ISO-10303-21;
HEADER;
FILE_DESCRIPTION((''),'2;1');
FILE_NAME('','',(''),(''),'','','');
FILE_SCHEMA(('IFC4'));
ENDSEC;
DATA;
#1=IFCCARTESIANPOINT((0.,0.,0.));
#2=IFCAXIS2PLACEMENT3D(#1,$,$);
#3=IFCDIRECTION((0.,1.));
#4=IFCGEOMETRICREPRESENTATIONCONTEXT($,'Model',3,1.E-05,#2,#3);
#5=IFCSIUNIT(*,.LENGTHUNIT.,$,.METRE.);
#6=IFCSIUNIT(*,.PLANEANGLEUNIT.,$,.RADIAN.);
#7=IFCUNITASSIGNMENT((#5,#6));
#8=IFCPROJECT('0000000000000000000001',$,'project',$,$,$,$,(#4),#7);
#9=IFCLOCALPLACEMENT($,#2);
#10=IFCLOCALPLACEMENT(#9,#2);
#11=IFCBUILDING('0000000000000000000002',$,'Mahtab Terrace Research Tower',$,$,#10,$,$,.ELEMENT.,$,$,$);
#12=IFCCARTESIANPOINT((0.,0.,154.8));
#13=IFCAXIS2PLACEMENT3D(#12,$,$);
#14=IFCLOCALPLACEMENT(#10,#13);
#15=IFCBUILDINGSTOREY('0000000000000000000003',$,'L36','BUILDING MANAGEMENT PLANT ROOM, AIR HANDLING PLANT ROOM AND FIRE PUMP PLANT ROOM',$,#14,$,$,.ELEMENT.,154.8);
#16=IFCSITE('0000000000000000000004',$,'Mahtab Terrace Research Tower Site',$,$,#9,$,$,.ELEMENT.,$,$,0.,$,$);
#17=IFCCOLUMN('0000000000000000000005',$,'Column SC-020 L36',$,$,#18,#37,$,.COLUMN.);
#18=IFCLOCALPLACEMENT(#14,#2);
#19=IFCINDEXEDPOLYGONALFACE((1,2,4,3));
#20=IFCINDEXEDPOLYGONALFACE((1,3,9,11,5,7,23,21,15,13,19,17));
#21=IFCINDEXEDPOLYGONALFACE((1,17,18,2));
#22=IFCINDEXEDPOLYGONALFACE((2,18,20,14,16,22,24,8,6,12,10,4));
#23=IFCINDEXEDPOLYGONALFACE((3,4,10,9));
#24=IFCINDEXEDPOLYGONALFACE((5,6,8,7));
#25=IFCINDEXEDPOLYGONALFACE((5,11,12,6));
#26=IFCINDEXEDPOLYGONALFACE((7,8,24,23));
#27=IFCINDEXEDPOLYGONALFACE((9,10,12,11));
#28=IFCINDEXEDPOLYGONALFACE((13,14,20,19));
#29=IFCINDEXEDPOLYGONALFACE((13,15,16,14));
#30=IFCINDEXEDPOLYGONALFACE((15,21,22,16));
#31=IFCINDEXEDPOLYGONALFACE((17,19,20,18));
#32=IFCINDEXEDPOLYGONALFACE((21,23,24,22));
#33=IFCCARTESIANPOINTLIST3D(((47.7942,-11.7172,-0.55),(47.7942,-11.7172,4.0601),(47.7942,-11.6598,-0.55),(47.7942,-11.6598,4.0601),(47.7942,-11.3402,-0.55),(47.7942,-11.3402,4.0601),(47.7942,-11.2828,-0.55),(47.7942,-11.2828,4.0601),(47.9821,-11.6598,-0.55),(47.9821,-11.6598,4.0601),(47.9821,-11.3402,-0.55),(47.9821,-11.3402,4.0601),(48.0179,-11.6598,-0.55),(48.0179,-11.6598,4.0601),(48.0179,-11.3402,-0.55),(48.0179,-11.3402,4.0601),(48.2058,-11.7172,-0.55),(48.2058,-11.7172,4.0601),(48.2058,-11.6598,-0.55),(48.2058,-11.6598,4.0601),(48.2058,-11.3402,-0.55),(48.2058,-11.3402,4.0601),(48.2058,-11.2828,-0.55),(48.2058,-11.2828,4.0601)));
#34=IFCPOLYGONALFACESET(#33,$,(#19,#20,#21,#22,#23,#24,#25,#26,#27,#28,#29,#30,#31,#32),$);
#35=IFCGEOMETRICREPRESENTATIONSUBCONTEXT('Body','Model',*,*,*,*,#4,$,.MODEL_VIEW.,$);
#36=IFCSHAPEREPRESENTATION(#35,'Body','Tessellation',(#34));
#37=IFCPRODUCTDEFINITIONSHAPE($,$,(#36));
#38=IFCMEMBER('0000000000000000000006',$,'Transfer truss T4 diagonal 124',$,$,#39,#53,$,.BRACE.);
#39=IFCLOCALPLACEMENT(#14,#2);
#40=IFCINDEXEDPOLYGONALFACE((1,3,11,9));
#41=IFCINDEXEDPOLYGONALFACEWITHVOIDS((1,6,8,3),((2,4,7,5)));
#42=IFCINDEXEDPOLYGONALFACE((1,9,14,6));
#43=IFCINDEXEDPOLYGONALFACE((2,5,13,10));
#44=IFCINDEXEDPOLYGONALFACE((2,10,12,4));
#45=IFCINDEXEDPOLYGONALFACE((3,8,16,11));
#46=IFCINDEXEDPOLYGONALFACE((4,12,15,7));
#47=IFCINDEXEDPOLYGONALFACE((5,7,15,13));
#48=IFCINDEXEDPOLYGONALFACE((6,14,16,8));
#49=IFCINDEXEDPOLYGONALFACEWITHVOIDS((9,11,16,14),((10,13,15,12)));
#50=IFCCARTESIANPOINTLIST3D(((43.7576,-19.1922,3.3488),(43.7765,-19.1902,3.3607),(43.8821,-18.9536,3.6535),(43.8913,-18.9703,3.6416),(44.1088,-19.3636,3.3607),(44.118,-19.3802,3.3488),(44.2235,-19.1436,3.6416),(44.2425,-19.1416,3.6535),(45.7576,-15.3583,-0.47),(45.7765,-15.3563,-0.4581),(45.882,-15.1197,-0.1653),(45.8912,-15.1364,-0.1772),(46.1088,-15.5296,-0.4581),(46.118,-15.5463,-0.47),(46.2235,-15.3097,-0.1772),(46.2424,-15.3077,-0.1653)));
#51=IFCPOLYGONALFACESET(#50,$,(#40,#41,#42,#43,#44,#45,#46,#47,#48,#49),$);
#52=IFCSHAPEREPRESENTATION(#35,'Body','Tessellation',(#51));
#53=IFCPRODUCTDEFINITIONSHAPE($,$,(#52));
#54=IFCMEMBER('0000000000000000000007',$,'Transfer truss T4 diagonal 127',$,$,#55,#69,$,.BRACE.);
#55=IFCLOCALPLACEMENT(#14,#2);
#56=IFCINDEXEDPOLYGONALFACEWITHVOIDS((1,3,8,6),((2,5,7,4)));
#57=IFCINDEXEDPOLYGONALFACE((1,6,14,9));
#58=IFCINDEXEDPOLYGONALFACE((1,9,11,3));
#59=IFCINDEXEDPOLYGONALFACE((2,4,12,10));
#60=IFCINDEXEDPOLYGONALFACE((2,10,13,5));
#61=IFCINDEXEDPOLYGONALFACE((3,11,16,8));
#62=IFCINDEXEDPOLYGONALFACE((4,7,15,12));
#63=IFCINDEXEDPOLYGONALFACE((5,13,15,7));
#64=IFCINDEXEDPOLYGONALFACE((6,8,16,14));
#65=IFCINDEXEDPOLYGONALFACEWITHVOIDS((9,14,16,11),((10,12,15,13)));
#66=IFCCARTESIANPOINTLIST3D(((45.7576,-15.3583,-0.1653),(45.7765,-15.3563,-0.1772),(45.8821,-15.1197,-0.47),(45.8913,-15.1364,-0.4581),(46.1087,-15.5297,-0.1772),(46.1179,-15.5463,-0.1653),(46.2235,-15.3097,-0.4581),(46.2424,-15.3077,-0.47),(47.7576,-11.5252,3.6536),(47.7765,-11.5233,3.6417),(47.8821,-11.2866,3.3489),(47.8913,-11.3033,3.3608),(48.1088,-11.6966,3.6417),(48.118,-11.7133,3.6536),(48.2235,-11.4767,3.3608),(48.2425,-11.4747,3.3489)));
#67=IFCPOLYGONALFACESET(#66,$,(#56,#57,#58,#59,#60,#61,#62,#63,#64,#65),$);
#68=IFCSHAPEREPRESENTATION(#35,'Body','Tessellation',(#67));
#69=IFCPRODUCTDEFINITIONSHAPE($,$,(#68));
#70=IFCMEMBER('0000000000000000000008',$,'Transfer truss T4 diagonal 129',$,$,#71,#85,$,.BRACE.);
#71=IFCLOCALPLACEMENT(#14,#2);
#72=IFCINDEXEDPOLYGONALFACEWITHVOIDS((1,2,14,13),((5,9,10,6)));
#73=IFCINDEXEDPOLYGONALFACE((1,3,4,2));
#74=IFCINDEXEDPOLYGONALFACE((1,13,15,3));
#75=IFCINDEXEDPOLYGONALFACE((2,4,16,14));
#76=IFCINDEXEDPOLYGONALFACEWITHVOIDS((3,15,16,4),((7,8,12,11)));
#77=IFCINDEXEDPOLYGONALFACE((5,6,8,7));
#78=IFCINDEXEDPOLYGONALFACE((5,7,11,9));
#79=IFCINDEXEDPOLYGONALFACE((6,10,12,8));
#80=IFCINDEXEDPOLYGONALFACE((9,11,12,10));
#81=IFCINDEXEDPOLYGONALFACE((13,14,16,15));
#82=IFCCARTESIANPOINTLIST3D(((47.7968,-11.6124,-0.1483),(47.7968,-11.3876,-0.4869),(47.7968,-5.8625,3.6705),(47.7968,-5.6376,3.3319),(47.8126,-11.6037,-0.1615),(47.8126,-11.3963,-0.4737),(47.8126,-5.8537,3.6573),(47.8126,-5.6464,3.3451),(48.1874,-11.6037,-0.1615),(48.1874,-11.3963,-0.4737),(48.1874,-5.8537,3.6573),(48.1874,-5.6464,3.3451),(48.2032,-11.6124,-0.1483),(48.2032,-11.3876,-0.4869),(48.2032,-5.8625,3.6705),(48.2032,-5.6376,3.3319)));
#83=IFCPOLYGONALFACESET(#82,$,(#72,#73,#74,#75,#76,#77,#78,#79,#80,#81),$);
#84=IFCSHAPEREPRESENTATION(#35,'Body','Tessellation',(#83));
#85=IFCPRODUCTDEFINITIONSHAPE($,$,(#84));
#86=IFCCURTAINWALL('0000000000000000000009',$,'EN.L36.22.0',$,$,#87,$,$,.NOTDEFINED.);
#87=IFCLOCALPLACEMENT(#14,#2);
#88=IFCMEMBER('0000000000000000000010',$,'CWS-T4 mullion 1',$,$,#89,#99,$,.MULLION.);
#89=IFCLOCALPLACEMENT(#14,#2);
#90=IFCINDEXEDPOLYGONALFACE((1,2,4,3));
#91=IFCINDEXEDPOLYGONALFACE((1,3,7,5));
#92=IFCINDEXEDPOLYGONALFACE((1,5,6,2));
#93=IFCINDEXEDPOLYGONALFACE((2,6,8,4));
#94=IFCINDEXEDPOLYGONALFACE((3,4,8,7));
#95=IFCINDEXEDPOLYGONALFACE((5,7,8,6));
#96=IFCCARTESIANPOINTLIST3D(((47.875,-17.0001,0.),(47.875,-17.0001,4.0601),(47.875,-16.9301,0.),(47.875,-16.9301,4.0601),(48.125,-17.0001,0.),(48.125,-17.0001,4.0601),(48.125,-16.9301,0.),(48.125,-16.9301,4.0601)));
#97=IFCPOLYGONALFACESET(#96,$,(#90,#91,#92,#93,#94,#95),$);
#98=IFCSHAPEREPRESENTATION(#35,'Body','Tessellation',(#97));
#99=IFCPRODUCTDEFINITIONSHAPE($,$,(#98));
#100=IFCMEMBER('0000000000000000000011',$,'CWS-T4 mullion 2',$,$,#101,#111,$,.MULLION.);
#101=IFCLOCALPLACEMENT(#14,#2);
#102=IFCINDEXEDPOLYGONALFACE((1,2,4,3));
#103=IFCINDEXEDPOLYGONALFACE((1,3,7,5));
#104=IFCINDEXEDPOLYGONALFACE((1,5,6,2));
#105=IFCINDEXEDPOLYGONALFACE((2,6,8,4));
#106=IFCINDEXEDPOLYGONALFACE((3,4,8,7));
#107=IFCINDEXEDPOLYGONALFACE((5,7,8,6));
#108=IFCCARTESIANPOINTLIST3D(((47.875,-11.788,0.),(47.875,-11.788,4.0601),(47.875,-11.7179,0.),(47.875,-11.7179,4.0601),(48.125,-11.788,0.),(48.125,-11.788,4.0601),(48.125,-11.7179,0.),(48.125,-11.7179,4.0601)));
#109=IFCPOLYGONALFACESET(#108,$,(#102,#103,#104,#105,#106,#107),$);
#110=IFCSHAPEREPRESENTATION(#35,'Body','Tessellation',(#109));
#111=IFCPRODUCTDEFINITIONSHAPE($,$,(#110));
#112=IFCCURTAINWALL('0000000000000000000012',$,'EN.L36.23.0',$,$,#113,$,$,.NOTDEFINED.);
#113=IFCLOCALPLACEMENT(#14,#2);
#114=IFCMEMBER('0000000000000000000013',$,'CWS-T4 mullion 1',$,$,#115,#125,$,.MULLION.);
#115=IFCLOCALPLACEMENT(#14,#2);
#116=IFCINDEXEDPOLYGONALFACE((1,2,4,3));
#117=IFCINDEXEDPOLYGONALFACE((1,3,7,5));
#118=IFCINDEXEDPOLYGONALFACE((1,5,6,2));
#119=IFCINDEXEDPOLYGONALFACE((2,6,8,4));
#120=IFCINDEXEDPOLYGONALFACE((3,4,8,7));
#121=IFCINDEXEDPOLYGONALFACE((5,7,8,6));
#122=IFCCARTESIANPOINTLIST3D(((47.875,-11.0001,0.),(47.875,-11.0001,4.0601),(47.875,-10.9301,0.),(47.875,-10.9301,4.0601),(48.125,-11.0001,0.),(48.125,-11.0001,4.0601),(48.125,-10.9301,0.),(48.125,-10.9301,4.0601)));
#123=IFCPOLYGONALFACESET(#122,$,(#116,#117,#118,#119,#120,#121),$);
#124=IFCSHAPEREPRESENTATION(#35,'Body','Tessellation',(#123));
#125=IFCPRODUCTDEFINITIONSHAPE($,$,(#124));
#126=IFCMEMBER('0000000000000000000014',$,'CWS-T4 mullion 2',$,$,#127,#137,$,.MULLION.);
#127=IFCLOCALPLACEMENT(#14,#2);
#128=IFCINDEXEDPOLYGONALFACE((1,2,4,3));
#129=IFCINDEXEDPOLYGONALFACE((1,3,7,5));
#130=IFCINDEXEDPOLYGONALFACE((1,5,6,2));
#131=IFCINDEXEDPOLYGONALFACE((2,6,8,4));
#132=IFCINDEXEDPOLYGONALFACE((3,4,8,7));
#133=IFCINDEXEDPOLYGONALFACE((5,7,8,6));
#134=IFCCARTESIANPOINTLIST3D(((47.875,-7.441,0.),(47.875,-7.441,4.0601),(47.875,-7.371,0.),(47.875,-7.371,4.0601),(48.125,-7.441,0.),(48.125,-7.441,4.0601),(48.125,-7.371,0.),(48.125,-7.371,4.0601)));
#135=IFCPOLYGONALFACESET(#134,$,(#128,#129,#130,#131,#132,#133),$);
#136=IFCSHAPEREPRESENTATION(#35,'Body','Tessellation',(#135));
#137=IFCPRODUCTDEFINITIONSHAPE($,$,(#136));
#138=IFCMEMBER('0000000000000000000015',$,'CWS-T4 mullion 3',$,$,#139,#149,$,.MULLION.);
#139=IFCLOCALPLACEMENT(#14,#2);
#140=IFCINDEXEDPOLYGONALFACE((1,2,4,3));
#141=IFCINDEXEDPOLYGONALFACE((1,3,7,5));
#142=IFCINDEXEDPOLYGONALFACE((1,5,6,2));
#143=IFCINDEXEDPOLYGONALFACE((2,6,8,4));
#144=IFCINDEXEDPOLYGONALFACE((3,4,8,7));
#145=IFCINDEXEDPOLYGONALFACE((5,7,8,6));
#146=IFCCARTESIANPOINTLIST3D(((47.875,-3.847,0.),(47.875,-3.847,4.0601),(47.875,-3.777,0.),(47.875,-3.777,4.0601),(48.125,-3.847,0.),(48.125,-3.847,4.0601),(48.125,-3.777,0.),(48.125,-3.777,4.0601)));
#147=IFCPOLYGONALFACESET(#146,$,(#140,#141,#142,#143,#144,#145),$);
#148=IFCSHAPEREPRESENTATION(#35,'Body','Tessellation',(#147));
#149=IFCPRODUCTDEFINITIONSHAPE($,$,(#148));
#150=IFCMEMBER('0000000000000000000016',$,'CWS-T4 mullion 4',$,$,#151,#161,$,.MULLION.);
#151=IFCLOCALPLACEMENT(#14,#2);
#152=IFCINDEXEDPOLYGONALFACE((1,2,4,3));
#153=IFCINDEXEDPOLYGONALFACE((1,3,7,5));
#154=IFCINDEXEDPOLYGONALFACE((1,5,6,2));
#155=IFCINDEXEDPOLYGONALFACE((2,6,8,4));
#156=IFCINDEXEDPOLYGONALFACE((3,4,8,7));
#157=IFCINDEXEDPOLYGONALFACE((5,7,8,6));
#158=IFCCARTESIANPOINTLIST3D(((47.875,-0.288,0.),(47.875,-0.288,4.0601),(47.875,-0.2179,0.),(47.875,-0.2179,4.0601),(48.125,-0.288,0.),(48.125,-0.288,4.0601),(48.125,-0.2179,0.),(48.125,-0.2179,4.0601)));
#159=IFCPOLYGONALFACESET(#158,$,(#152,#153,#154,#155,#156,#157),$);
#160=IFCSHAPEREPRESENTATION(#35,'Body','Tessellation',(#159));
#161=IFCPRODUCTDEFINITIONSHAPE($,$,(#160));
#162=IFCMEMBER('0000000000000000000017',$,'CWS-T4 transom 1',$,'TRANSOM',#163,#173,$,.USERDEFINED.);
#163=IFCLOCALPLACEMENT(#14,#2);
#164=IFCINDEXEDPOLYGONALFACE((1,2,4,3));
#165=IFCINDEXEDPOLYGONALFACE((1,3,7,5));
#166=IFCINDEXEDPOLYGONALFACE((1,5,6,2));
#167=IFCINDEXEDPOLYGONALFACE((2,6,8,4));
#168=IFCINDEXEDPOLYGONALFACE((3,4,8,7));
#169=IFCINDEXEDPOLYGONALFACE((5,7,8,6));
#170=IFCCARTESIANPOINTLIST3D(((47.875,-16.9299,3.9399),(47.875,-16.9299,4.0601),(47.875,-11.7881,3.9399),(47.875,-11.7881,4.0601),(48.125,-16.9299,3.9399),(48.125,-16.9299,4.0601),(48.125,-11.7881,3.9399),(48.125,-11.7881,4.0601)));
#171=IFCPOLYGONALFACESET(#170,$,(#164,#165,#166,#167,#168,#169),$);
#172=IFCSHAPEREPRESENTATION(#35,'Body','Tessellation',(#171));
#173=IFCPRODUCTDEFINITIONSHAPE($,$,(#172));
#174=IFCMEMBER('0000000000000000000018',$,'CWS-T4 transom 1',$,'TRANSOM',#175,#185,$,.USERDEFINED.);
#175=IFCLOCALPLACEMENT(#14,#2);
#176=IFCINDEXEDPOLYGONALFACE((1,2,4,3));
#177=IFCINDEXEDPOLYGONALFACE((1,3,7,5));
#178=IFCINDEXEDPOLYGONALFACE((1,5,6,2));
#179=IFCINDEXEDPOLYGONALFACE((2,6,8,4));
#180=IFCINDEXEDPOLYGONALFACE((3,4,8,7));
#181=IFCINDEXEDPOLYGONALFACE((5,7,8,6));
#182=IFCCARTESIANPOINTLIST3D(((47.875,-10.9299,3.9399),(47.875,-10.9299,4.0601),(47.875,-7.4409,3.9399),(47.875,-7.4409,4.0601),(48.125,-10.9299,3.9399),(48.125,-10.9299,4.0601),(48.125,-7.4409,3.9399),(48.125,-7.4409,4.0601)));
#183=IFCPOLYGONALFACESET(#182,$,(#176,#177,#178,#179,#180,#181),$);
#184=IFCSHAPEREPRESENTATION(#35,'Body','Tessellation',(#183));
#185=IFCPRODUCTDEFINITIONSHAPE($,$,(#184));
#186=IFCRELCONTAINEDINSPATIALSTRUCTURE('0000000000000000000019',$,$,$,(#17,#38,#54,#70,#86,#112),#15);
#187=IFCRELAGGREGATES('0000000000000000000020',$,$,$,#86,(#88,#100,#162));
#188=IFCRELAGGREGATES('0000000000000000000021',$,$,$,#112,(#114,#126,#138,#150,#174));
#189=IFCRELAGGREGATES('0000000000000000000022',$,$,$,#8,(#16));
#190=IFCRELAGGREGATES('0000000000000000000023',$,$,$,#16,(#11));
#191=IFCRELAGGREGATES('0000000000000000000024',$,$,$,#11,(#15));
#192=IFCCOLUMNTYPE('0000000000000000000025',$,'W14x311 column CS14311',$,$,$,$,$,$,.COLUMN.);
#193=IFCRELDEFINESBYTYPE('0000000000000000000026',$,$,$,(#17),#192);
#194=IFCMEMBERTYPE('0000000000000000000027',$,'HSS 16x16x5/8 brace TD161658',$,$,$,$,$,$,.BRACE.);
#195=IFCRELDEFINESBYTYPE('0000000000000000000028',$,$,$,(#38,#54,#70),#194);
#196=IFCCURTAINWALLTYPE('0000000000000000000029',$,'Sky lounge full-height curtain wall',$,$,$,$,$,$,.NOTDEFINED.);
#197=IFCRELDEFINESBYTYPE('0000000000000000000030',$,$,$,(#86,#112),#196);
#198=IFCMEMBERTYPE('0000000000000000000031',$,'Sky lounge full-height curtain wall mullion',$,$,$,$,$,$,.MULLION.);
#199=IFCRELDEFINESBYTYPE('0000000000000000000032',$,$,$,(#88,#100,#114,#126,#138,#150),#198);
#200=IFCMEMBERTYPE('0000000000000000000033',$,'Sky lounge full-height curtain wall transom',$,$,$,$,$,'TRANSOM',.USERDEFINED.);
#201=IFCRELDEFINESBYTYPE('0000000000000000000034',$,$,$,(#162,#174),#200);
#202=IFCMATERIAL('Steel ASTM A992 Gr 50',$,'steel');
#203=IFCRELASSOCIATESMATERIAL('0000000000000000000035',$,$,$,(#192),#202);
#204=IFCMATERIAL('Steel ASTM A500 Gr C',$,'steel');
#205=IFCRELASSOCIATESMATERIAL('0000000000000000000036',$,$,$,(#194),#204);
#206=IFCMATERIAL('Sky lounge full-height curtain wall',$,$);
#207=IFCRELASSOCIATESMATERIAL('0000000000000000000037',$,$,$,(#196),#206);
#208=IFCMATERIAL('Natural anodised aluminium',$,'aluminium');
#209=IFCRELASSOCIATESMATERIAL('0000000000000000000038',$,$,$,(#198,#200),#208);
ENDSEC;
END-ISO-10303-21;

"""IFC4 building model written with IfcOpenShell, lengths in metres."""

from ifc_helpers import new_model, si_unit, direction, frame, origin, origin_2d, place, context, subcontext, project, spatial, rectangle, hollow_rectangle, i_section, extrude, material, material_profile, profile_set, type_object, element, aggregate, save


model = new_model("IFC4")

# Units and contexts
model_context = context("Model", 3, precision=1e-05, world=origin(), true_north=direction((0.0, 1.0)))
body_context = subcontext(model_context, "Body", "Model", "MODEL_VIEW")
ifc_project = project(units=[si_unit("LENGTHUNIT", "METRE"), si_unit("PLANEANGLEUNIT", "RADIAN")], contexts=[model_context])

# Site, building, storey
site_placement = place(None, origin())
site = spatial("IfcSite", under=ifc_project, at=site_placement, Name="Mahtab Terrace Research Tower Site", CompositionType="ELEMENT", RefElevation=0.0)
building_placement = place(site_placement, origin())
building = spatial("IfcBuilding", under=site, at=building_placement, Name="Mahtab Terrace Research Tower", CompositionType="ELEMENT")
storey_placement = place(building_placement, frame((0.0, 0.0, 154.8)))
storey = spatial("IfcBuildingStorey", under=building, at=storey_placement, Name="L36", Description="BUILDING MANAGEMENT PLANT ROOM, AIR HANDLING PLANT ROOM AND FIRE PUMP PLANT ROOM", CompositionType="ELEMENT", Elevation=154.8)

# Column
ifc_material_1 = material(Name="Steel ASTM A992 Gr 50", Category="steel")
ifc_material_profile_1 = material_profile(ifc_material_1, i_section(OverallWidth=0.4116, OverallDepth=0.4343, WebThickness=0.0359, FlangeThickness=0.0574, at=origin_2d()), Name="W14X311")
ifc_profile_set_1 = profile_set([ifc_material_profile_1], Name="Steel ASTM A992 Gr 50")
column_type = type_object("IfcColumnType", Name="W14x311 column CS14311", PredefinedType="COLUMN", material=ifc_profile_set_1)
column_placement = place(storey_placement, frame((48.0, -11.5, -0.55), z_axis=(0.0, 0.0, 1.0), x_axis=(1.0, 0.0, 0.0)))
element("IfcColumn", 1, at=column_placement, inside=storey, type_object=column_type, Name="Column SC-020 L36", PredefinedType="COLUMN", context=body_context, shape_type="SweptSolid", body=[
    extrude(i_section(OverallWidth=0.4116, OverallDepth=0.4343, WebThickness=0.0359, FlangeThickness=0.0574, at=origin_2d()), origin(), (0.0, 0.0, 1.0), 4.6101),
])

# Members
ifc_material_2 = material(Name="Steel ASTM A500 Gr C", Category="steel")
ifc_material_profile_2 = material_profile(ifc_material_2, hollow_rectangle(XDim=0.4065, YDim=0.4065, WallThickness=0.0159, at=origin_2d()), Name="HSS16X16X5/8")
ifc_profile_set_2 = profile_set([ifc_material_profile_2], Name="Steel ASTM A500 Gr C")
member_type_1 = type_object("IfcMemberType", Name="HSS 16x16x5/8 brace TD161658", PredefinedType="BRACE", material=ifc_profile_set_2)
member_1_placement = place(storey_placement, frame((46.0, -15.333, -0.3176), z_axis=(-0.346672, -0.664567, 0.661943), x_axis=(0.886617, -0.462504, 0.0)))
element("IfcMember", 2, at=member_1_placement, inside=storey, type_object=member_type_1, Name="Transfer truss T4 diagonal 124", PredefinedType="BRACE", context=body_context, shape_type="SweptSolid", body=[
    extrude(hollow_rectangle(XDim=0.4065, YDim=0.4065, WallThickness=0.0159, at=origin_2d()), origin(), (0.0, 0.0, 1.0), 5.769),
])
member_2_placement = place(storey_placement, frame((46.0, -15.333, -0.3176), z_axis=(0.346711, 0.664473, 0.662018), x_axis=(-0.886569, 0.462597, 0.0)))
element("IfcMember", 3, at=member_2_placement, inside=storey, type_object=member_type_1, Name="Transfer truss T4 diagonal 127", PredefinedType="BRACE", context=body_context, shape_type="SweptSolid", body=[
    extrude(hollow_rectangle(XDim=0.4065, YDim=0.4065, WallThickness=0.0159, at=origin_2d()), origin(), (0.0, 0.0, 1.0), 5.7686),
])
member_3_placement = place(storey_placement, frame((48.0, -11.5, -0.3176), z_axis=(0.0, 0.833018, 0.553246), x_axis=(-1.0, 0.0, 0.0)))
element("IfcMember", 4, at=member_3_placement, inside=storey, type_object=member_type_1, Name="Transfer truss T4 diagonal 129", PredefinedType="BRACE", context=body_context, shape_type="SweptSolid", body=[
    extrude(hollow_rectangle(XDim=0.4065, YDim=0.4065, WallThickness=0.0159, at=origin_2d()), origin(), (0.0, 0.0, 1.0), 6.9026),
])

# Curtain walls, members
ifc_material_3 = material(Name="Sky lounge full-height curtain wall")
curtain_wall_type = type_object("IfcCurtainWallType", Name="Sky lounge full-height curtain wall", PredefinedType="NOTDEFINED", material=ifc_material_3)
curtain_wall_1_placement = place(storey_placement, origin())
curtain_wall_1 = element("IfcCurtainWall", 5, at=curtain_wall_1_placement, inside=storey, type_object=curtain_wall_type, Name="EN.L36.22.0", PredefinedType="NOTDEFINED")
ifc_material_4 = material(Name="Natural anodised aluminium", Category="aluminium")
ifc_material_profile_3 = material_profile(ifc_material_4, rectangle(XDim=0.25, YDim=0.0701, at=origin_2d()), Name="MULLION 70x250")
ifc_profile_set_3 = profile_set([ifc_material_profile_3], Name="Natural anodised aluminium")
member_type_2 = type_object("IfcMemberType", Name="Sky lounge full-height curtain wall mullion", PredefinedType="MULLION", material=ifc_profile_set_3)
member_4_placement = place(storey_placement, frame((48.0, -16.9651, 0.0), z_axis=(0.0, 0.0, 1.0), x_axis=(-1.0, 0.0, 0.0)))
member_4 = element("IfcMember", 6, at=member_4_placement, type_object=member_type_2, Name="CWS-T4 mullion 1", PredefinedType="MULLION", context=body_context, shape_type="SweptSolid", body=[
    extrude(rectangle(XDim=0.25, YDim=0.0701, at=origin_2d()), origin(), (0.0, 0.0, 1.0), 4.0601),
])
member_5_placement = place(storey_placement, frame((48.0, -11.7529, 0.0), z_axis=(0.0, 0.0, 1.0), x_axis=(-1.0, 0.0, 0.0)))
member_5 = element("IfcMember", 7, at=member_5_placement, type_object=member_type_2, Name="CWS-T4 mullion 2", PredefinedType="MULLION", context=body_context, shape_type="SweptSolid", body=[
    extrude(rectangle(XDim=0.25, YDim=0.0701, at=origin_2d()), origin(), (0.0, 0.0, 1.0), 4.0601),
])
curtain_wall_2_placement = place(storey_placement, origin())
curtain_wall_2 = element("IfcCurtainWall", 8, at=curtain_wall_2_placement, inside=storey, type_object=curtain_wall_type, Name="EN.L36.23.0", PredefinedType="NOTDEFINED")
member_6_placement = place(storey_placement, frame((48.0, -10.9651, 0.0), z_axis=(0.0, 0.0, 1.0), x_axis=(-1.0, 0.0, 0.0)))
member_6 = element("IfcMember", 9, at=member_6_placement, type_object=member_type_2, Name="CWS-T4 mullion 1", PredefinedType="MULLION", context=body_context, shape_type="SweptSolid", body=[
    extrude(rectangle(XDim=0.25, YDim=0.0701, at=origin_2d()), origin(), (0.0, 0.0, 1.0), 4.0601),
])
member_7_placement = place(storey_placement, frame((48.0, -7.406, 0.0), z_axis=(0.0, 0.0, 1.0), x_axis=(-1.0, 0.0, 0.0)))
member_7 = element("IfcMember", 10, at=member_7_placement, type_object=member_type_2, Name="CWS-T4 mullion 2", PredefinedType="MULLION", context=body_context, shape_type="SweptSolid", body=[
    extrude(rectangle(XDim=0.25, YDim=0.0701, at=origin_2d()), origin(), (0.0, 0.0, 1.0), 4.0601),
])
member_8_placement = place(storey_placement, frame((48.0, -3.812, 0.0), z_axis=(0.0, 0.0, 1.0), x_axis=(-1.0, 0.0, 0.0)))
member_8 = element("IfcMember", 11, at=member_8_placement, type_object=member_type_2, Name="CWS-T4 mullion 3", PredefinedType="MULLION", context=body_context, shape_type="SweptSolid", body=[
    extrude(rectangle(XDim=0.25, YDim=0.0701, at=origin_2d()), origin(), (0.0, 0.0, 1.0), 4.0601),
])
member_9_placement = place(storey_placement, frame((48.0, -0.2529, 0.0), z_axis=(0.0, 0.0, 1.0), x_axis=(-1.0, 0.0, 0.0)))
member_9 = element("IfcMember", 12, at=member_9_placement, type_object=member_type_2, Name="CWS-T4 mullion 4", PredefinedType="MULLION", context=body_context, shape_type="SweptSolid", body=[
    extrude(rectangle(XDim=0.25, YDim=0.0701, at=origin_2d()), origin(), (0.0, 0.0, 1.0), 4.0601),
])

# Members
ifc_material_profile_4 = material_profile(ifc_material_4, rectangle(XDim=0.25, YDim=0.1201, at=origin_2d()), Name="TRANSOM 120x250")
ifc_profile_set_4 = profile_set([ifc_material_profile_4], Name="Natural anodised aluminium")
member_type_3 = type_object("IfcMemberType", Name="Sky lounge full-height curtain wall transom", ElementType="TRANSOM", PredefinedType="USERDEFINED", material=ifc_profile_set_4)
member_10_placement = place(storey_placement, frame((48.0, -16.9299, 4.0), z_axis=(0.0, 1.0, 0.0), x_axis=(-1.0, 0.0, 0.0)))
member_10 = element("IfcMember", 13, at=member_10_placement, type_object=member_type_3, Name="CWS-T4 transom 1", ObjectType="TRANSOM", PredefinedType="USERDEFINED", context=body_context, shape_type="SweptSolid", body=[
    extrude(rectangle(XDim=0.25, YDim=0.1201, at=origin_2d()), origin(), (0.0, 0.0, 1.0), 5.1418),
])
member_11_placement = place(storey_placement, frame((48.0, -10.9299, 4.0), z_axis=(0.0, 1.0, 0.0), x_axis=(-1.0, 0.0, 0.0)))
member_11 = element("IfcMember", 14, at=member_11_placement, type_object=member_type_3, Name="CWS-T4 transom 1", ObjectType="TRANSOM", PredefinedType="USERDEFINED", context=body_context, shape_type="SweptSolid", body=[
    extrude(rectangle(XDim=0.25, YDim=0.1201, at=origin_2d()), origin(), (0.0, 0.0, 1.0), 3.489),
])

aggregate(curtain_wall_1, [member_4, member_5, member_10])
aggregate(curtain_wall_2, [member_6, member_7, member_8, member_9, member_11])

save(model, "model.ifc")
